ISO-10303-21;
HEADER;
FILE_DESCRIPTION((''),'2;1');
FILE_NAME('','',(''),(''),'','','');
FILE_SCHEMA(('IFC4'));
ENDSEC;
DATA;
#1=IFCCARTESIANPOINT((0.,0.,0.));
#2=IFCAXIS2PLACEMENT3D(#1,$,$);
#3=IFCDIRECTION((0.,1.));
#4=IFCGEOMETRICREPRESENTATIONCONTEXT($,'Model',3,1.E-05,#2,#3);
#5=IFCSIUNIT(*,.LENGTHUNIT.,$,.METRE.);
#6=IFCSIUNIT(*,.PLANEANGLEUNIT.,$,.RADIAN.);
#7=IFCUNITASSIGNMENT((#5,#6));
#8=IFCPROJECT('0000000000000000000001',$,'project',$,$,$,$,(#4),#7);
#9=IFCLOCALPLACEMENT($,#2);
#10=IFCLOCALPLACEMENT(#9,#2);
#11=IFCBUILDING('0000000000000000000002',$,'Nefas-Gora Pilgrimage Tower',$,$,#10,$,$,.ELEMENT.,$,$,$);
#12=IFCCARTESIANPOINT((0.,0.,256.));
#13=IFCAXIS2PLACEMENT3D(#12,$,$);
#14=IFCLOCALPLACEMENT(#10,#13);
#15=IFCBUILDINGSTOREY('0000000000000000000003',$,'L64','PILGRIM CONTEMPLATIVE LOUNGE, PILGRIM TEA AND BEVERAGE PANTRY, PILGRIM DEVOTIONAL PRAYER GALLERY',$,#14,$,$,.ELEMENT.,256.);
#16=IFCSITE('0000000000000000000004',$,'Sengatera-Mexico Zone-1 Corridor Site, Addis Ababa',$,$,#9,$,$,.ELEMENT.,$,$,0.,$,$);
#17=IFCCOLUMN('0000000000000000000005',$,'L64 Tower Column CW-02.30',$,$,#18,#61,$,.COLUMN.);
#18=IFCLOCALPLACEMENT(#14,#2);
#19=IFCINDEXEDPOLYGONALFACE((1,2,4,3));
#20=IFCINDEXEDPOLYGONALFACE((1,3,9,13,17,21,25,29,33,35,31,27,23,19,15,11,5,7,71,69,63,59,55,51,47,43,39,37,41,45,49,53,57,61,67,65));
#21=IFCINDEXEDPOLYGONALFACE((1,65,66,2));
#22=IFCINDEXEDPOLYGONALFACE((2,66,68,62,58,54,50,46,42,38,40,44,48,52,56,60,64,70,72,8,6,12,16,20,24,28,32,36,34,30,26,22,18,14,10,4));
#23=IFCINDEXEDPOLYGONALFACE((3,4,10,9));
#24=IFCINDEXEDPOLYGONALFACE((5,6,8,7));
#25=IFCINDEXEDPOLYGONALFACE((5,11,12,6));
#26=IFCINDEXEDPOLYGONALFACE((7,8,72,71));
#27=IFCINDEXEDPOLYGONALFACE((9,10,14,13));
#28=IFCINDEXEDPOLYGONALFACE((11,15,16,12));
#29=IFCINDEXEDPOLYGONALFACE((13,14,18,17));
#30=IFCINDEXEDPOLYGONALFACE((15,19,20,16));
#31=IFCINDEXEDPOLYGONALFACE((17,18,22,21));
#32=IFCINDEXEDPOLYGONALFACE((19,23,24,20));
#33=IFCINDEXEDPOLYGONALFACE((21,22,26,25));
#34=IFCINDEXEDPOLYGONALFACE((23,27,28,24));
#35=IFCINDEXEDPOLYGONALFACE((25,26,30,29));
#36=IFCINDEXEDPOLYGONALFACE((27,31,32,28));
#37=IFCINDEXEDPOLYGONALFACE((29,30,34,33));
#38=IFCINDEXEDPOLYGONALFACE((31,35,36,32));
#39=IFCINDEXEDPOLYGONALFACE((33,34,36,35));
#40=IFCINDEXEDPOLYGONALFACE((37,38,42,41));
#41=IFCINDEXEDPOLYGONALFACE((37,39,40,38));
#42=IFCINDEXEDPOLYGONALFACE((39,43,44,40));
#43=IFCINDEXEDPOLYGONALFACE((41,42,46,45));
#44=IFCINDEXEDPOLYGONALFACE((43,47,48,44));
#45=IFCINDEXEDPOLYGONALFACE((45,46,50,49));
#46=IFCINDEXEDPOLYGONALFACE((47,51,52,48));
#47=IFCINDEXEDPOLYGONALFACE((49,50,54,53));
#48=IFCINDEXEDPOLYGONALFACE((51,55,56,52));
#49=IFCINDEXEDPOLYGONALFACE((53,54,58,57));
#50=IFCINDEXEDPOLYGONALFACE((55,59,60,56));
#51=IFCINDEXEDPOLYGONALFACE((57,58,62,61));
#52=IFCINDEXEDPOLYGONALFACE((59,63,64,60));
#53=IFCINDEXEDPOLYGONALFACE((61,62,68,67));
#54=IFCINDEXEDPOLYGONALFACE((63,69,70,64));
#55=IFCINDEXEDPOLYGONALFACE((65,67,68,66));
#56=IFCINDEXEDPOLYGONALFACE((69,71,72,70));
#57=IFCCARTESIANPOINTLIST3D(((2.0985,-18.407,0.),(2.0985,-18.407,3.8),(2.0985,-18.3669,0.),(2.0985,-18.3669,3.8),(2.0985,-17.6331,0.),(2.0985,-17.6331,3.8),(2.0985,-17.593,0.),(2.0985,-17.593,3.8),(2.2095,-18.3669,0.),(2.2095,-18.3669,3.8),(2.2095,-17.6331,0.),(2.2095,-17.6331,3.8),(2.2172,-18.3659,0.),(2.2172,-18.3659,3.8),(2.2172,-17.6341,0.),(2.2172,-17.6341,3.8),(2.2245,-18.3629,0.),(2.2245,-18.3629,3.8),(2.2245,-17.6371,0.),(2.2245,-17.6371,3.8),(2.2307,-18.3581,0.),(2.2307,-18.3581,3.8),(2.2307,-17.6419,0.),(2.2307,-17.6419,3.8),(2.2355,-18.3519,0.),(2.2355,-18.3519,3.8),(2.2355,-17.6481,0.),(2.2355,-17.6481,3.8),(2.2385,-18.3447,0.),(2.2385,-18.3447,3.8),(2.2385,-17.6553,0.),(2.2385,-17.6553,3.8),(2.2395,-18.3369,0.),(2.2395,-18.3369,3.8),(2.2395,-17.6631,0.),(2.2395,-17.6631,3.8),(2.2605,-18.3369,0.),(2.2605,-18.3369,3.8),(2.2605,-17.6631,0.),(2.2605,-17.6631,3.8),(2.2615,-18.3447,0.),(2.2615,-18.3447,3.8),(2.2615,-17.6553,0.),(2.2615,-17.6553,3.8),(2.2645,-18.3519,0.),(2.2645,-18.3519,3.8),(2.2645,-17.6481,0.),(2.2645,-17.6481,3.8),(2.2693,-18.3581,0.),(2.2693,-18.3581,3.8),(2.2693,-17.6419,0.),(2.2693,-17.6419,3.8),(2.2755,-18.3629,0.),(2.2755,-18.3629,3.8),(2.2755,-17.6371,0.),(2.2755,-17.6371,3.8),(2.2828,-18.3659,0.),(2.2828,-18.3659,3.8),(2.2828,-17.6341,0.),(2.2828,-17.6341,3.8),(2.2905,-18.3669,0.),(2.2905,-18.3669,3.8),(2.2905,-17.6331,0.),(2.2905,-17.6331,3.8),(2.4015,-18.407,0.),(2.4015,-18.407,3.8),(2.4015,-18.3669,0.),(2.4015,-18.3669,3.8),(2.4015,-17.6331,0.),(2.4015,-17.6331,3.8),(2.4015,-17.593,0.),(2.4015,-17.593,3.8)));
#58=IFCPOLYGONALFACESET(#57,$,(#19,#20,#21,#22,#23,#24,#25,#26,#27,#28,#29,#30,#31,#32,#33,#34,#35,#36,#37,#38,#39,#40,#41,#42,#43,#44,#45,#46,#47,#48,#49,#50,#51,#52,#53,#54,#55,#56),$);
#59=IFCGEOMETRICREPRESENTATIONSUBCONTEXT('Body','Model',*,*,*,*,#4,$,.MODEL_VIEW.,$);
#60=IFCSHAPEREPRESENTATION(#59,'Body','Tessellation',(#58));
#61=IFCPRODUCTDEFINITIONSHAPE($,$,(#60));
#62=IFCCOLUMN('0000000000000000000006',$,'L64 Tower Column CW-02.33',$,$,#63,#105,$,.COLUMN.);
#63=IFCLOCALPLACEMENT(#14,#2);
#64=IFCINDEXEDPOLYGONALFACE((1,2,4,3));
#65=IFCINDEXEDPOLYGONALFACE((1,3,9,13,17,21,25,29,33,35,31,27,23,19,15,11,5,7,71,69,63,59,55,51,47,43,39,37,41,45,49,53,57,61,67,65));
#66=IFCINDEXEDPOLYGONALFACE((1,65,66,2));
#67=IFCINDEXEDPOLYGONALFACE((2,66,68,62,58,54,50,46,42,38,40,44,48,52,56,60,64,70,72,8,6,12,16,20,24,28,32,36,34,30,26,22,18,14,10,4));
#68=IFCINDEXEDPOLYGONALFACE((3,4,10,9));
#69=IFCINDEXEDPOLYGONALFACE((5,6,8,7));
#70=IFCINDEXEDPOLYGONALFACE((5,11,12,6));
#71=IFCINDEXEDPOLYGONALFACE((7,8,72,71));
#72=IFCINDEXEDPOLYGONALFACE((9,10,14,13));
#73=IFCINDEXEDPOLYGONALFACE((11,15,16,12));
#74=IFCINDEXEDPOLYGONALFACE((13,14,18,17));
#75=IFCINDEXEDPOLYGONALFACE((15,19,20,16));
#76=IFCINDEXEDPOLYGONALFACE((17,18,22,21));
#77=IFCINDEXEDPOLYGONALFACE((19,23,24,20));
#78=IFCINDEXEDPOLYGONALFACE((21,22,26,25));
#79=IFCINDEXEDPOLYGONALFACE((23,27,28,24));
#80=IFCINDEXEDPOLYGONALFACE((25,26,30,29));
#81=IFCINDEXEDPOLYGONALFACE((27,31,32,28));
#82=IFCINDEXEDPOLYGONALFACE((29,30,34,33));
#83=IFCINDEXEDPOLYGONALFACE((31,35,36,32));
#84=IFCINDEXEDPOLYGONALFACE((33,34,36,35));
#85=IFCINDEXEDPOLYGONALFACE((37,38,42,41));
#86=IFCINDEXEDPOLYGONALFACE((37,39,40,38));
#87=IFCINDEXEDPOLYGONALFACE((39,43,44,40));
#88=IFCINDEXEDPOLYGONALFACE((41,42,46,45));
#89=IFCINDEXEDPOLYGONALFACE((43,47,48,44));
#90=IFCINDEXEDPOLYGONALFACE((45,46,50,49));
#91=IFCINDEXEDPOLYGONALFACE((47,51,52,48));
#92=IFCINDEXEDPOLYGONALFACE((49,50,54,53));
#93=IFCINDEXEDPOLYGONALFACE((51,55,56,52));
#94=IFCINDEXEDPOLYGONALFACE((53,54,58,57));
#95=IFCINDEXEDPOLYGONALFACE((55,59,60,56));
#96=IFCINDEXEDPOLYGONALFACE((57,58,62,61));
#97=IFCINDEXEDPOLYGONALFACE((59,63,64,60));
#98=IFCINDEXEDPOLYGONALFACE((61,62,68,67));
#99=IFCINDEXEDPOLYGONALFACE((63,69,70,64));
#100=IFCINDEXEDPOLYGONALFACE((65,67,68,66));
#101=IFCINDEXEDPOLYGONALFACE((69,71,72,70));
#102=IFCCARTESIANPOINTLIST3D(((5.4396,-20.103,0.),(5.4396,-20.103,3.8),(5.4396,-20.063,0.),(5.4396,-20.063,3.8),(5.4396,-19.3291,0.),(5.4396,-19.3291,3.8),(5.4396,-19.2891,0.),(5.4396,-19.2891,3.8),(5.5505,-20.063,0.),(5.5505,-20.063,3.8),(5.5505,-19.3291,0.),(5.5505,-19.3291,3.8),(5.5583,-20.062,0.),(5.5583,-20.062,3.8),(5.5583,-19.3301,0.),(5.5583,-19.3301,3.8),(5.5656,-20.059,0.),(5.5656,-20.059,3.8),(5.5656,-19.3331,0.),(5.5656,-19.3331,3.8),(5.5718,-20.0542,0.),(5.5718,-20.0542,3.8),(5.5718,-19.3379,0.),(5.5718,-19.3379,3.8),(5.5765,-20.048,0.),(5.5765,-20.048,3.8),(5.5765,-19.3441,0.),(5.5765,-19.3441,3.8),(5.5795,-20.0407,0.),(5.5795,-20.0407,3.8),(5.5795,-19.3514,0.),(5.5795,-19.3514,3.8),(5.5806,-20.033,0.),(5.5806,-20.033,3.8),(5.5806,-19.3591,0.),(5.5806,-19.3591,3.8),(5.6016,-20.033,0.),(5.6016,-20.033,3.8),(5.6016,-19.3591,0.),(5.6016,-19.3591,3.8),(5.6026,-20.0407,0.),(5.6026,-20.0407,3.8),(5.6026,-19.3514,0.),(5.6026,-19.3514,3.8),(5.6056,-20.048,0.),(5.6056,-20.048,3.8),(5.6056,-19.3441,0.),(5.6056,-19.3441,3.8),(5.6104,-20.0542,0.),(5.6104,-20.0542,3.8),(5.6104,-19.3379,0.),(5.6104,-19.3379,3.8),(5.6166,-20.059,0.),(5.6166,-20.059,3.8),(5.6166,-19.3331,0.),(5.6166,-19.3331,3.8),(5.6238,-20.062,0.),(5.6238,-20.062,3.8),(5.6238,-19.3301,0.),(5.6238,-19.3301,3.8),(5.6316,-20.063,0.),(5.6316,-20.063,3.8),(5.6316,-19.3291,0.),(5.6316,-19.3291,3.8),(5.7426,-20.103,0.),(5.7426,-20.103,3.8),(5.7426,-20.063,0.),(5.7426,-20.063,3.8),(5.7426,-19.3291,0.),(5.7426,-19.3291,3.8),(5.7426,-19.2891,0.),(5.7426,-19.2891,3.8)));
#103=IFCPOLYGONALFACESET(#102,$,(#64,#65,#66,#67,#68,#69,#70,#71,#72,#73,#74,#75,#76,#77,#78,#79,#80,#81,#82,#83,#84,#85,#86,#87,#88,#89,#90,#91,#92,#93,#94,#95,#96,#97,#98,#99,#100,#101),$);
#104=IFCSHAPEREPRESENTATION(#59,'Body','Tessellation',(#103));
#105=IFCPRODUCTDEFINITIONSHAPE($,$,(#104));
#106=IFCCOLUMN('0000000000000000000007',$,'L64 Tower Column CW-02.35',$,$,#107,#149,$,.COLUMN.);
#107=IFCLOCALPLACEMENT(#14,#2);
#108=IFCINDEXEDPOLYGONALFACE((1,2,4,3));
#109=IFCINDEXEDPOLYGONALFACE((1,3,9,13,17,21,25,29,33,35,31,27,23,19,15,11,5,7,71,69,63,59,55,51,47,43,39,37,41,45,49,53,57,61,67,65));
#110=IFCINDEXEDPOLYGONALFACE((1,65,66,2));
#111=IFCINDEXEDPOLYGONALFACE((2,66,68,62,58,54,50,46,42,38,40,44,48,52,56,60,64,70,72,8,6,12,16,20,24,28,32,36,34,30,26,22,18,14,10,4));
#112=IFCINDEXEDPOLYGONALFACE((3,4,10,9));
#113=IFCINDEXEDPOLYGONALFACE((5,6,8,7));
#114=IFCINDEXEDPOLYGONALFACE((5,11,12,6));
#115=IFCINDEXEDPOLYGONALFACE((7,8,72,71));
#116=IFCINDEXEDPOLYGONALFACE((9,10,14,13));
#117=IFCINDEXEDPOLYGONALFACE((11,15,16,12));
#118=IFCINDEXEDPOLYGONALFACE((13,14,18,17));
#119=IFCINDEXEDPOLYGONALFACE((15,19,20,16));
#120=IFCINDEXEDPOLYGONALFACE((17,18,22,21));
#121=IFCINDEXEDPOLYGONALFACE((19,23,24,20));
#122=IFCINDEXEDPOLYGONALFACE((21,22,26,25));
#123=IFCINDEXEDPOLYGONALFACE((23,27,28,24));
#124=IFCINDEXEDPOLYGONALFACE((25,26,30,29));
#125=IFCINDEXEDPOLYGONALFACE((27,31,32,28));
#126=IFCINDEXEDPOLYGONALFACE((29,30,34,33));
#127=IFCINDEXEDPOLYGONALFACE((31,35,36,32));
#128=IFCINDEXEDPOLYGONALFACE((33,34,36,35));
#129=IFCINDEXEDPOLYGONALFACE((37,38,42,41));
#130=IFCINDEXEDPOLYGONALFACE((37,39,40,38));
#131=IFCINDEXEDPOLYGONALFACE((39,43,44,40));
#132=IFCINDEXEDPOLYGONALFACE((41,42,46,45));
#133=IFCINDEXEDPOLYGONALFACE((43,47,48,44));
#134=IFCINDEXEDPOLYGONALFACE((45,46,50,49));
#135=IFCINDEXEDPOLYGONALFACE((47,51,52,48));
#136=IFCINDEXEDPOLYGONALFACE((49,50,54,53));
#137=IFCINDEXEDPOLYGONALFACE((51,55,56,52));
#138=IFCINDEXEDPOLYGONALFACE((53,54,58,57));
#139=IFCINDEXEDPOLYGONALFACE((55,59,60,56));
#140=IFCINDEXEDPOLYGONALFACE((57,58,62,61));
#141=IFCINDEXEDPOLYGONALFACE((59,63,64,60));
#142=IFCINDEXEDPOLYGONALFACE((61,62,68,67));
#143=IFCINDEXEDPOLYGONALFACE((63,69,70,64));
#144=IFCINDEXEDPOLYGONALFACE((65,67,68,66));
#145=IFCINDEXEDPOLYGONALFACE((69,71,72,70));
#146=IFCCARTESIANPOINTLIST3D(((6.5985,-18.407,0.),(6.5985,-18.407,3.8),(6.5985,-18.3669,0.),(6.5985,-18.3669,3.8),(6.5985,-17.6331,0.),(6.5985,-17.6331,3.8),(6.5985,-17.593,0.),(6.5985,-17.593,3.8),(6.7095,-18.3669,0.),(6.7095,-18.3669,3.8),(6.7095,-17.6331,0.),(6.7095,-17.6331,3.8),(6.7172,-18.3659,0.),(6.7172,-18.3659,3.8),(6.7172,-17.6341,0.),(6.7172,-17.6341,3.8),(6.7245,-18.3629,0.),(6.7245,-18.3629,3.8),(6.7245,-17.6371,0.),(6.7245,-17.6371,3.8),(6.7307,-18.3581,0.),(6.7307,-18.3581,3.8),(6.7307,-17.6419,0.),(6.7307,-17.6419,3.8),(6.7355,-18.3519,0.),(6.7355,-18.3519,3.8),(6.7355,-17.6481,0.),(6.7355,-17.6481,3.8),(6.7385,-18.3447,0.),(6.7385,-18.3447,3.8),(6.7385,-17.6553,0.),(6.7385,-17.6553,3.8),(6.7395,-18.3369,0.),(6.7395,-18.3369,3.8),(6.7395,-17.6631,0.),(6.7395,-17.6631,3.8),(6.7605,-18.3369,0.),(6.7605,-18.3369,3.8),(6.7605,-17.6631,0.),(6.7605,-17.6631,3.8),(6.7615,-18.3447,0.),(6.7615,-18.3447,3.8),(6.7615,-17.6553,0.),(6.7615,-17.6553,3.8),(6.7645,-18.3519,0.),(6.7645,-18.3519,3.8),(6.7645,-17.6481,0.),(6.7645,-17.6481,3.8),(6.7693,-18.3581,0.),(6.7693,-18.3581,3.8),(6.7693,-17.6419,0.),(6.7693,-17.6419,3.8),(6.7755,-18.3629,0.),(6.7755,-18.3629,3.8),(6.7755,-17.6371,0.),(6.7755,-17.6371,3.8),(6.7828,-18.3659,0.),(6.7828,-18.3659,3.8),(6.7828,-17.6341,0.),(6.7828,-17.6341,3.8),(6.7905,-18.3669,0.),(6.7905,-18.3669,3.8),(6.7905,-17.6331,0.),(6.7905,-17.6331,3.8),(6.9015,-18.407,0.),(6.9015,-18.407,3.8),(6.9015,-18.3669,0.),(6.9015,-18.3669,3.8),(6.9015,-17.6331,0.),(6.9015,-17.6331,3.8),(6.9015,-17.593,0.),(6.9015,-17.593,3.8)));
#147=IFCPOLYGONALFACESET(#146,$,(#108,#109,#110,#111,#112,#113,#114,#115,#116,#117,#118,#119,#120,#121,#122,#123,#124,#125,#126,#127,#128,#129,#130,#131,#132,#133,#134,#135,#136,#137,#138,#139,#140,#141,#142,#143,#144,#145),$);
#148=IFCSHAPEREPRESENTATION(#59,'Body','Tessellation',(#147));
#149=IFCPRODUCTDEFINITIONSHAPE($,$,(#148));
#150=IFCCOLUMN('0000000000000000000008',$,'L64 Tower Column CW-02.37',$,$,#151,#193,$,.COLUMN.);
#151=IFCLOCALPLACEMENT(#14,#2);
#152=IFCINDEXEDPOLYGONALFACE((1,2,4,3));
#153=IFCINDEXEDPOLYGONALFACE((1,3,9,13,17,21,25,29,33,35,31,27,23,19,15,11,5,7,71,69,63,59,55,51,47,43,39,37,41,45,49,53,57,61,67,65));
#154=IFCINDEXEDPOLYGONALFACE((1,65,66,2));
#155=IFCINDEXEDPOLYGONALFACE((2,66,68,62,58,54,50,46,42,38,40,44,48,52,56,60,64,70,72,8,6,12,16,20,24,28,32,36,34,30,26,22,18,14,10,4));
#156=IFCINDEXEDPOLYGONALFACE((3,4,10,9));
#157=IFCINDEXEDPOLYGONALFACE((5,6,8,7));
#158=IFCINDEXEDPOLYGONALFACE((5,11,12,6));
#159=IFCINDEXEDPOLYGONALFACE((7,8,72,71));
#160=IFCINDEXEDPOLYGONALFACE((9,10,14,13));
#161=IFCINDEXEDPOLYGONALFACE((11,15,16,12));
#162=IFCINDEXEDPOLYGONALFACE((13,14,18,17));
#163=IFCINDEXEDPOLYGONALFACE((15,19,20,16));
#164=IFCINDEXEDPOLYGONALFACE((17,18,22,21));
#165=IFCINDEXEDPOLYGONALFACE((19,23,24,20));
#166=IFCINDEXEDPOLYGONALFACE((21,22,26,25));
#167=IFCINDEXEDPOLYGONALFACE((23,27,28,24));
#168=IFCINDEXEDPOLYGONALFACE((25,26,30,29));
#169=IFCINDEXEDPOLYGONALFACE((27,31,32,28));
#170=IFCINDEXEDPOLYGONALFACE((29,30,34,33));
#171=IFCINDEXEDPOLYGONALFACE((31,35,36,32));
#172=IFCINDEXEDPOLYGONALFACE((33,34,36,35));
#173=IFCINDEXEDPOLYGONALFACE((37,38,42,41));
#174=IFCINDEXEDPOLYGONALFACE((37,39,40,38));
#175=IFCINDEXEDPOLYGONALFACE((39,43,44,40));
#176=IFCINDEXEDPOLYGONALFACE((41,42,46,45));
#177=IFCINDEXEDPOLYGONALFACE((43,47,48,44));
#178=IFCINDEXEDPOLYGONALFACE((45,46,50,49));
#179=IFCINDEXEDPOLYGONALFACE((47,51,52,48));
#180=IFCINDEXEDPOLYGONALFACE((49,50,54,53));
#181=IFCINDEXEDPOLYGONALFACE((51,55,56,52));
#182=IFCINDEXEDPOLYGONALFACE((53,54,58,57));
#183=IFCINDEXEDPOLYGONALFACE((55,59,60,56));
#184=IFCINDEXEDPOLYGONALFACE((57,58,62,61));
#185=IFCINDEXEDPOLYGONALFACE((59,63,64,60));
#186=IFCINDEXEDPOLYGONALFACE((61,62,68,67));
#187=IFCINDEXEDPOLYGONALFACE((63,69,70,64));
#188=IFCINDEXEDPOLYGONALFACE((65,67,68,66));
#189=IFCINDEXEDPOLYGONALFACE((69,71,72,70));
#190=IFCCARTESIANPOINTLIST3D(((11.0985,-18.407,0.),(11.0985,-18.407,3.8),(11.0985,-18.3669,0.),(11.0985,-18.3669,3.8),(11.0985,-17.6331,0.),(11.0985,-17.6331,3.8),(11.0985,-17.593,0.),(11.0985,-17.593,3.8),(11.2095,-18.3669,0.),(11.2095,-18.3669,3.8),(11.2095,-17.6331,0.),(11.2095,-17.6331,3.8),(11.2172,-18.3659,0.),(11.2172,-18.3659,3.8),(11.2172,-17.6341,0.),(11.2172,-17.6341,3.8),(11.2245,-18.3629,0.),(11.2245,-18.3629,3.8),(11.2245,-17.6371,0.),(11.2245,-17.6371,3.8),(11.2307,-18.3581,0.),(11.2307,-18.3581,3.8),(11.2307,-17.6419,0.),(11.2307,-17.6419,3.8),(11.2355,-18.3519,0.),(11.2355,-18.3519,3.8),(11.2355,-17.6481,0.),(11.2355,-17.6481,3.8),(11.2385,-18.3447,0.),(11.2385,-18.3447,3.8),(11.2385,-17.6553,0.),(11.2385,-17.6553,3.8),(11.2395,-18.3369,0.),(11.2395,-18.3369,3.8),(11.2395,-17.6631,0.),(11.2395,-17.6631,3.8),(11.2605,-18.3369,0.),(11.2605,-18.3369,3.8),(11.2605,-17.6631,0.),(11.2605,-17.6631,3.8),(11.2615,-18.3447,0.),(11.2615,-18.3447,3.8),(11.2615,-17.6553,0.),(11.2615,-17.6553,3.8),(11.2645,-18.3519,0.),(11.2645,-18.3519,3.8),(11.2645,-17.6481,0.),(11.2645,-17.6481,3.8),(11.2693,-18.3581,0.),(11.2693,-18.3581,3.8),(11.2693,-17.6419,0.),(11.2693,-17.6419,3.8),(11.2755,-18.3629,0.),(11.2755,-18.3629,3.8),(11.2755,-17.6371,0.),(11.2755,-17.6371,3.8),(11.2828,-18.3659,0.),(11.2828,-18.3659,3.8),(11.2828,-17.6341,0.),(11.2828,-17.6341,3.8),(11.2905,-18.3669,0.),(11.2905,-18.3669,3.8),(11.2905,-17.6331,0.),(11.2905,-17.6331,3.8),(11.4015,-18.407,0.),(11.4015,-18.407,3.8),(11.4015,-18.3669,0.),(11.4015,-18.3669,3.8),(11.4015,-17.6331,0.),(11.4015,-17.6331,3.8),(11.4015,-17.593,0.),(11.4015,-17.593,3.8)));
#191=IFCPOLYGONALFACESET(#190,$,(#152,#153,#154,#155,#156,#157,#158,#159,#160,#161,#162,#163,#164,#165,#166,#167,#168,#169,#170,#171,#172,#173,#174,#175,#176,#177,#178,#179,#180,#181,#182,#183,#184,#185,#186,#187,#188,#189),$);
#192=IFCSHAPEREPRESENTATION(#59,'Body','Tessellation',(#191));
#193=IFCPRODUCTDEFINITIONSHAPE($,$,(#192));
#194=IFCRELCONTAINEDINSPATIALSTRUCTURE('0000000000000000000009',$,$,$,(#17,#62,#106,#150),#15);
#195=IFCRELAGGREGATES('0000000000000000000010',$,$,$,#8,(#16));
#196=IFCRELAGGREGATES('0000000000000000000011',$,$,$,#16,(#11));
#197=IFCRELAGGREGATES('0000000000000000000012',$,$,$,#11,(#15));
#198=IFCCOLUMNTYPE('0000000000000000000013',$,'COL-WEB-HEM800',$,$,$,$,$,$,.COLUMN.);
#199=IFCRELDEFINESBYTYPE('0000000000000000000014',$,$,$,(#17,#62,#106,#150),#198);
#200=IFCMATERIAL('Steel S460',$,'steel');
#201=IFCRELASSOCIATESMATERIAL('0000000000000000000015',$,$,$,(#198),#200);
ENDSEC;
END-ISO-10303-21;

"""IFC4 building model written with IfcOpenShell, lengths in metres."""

from ifc_helpers import new_model, si_unit, direction, frame, origin, origin_2d, place, context, subcontext, project, spatial, i_section, extrude, source, transform, mapped, material, material_profile, profile_set, type_object, element, save


model = new_model("IFC4")

# Units and contexts
model_context = context("Model", 3, precision=1e-05, world=origin(), true_north=direction((0.0, 1.0)))
body_context = subcontext(model_context, "Body", "Model", "MODEL_VIEW")
ifc_project = project(units=[si_unit("LENGTHUNIT", "METRE"), si_unit("PLANEANGLEUNIT", "RADIAN")], contexts=[model_context])

# Site, building, storey
site_placement = place(None, origin())
site = spatial("IfcSite", under=ifc_project, at=site_placement, Name="Sengatera-Mexico Zone-1 Corridor Site, Addis Ababa", CompositionType="ELEMENT", RefElevation=0.0)
building_placement = place(site_placement, origin())
building = spatial("IfcBuilding", under=site, at=building_placement, Name="Nefas-Gora Pilgrimage Tower", CompositionType="ELEMENT")
storey_placement = place(building_placement, frame((0.0, 0.0, 256.0)))
storey = spatial("IfcBuildingStorey", under=building, at=storey_placement, Name="L64", Description="PILGRIM CONTEMPLATIVE LOUNGE, PILGRIM TEA AND BEVERAGE PANTRY, PILGRIM DEVOTIONAL PRAYER GALLERY", CompositionType="ELEMENT", Elevation=256.0)

# Columns
ifc_material_1 = material(Name="Steel S460", Category="steel")
ifc_material_profile_1 = material_profile(ifc_material_1, i_section(OverallWidth=0.303, OverallDepth=0.814, WebThickness=0.021, FlangeThickness=0.04, FilletRadius=0.03, at=origin_2d()), Name="HEM 800")
ifc_profile_set_1 = profile_set([ifc_material_profile_1], Name="Steel S460")
column_type_1 = type_object("IfcColumnType", Name="COL-WEB-HEM800", PredefinedType="COLUMN", material=ifc_profile_set_1)
shared_shape_1 = source(origin(), body_context, "Body", "SweptSolid", [
    extrude(i_section(OverallWidth=0.303, OverallDepth=0.814, WebThickness=0.021, FlangeThickness=0.04, FilletRadius=0.03, at=origin_2d()), origin(), (0.0, 0.0, 1.0), 3.8),
])
for number, where, z_axis, x_axis, name in (
    (1, (2.25, -18.0, 0.0), (0.0, 0.0, 1.0), (1.0, 0.0, 0.0), "L64 Tower Column CW-02.30"),
    (2, (5.5911, -19.696, 0.0), (0.0, 0.0, 1.0), (1.0, 0.0, 0.0), "L64 Tower Column CW-02.33"),
    (3, (6.75, -18.0, 0.0), (0.0, 0.0, 1.0), (1.0, 0.0, 0.0), "L64 Tower Column CW-02.35"),
    (4, (11.25, -18.0, 0.0), (0.0, 0.0, 1.0), (1.0, 0.0, 0.0), "L64 Tower Column CW-02.37"),
):
    element("IfcColumn", number, at=place(storey_placement, frame(where, z_axis=z_axis, x_axis=x_axis)), inside=storey, type_object=column_type_1, Name=name, PredefinedType="COLUMN", context=body_context, shape_type="MappedRepresentation", body=[
        mapped(shared_shape_1, transform((0.0, 0.0, 0.0), x_axis=(1.0, 0.0, 0.0), y_axis=(0.0, 1.0, 0.0), z_axis=(0.0, 0.0, 1.0), scale=1.0)),
    ])

save(model, "model.ifc")
